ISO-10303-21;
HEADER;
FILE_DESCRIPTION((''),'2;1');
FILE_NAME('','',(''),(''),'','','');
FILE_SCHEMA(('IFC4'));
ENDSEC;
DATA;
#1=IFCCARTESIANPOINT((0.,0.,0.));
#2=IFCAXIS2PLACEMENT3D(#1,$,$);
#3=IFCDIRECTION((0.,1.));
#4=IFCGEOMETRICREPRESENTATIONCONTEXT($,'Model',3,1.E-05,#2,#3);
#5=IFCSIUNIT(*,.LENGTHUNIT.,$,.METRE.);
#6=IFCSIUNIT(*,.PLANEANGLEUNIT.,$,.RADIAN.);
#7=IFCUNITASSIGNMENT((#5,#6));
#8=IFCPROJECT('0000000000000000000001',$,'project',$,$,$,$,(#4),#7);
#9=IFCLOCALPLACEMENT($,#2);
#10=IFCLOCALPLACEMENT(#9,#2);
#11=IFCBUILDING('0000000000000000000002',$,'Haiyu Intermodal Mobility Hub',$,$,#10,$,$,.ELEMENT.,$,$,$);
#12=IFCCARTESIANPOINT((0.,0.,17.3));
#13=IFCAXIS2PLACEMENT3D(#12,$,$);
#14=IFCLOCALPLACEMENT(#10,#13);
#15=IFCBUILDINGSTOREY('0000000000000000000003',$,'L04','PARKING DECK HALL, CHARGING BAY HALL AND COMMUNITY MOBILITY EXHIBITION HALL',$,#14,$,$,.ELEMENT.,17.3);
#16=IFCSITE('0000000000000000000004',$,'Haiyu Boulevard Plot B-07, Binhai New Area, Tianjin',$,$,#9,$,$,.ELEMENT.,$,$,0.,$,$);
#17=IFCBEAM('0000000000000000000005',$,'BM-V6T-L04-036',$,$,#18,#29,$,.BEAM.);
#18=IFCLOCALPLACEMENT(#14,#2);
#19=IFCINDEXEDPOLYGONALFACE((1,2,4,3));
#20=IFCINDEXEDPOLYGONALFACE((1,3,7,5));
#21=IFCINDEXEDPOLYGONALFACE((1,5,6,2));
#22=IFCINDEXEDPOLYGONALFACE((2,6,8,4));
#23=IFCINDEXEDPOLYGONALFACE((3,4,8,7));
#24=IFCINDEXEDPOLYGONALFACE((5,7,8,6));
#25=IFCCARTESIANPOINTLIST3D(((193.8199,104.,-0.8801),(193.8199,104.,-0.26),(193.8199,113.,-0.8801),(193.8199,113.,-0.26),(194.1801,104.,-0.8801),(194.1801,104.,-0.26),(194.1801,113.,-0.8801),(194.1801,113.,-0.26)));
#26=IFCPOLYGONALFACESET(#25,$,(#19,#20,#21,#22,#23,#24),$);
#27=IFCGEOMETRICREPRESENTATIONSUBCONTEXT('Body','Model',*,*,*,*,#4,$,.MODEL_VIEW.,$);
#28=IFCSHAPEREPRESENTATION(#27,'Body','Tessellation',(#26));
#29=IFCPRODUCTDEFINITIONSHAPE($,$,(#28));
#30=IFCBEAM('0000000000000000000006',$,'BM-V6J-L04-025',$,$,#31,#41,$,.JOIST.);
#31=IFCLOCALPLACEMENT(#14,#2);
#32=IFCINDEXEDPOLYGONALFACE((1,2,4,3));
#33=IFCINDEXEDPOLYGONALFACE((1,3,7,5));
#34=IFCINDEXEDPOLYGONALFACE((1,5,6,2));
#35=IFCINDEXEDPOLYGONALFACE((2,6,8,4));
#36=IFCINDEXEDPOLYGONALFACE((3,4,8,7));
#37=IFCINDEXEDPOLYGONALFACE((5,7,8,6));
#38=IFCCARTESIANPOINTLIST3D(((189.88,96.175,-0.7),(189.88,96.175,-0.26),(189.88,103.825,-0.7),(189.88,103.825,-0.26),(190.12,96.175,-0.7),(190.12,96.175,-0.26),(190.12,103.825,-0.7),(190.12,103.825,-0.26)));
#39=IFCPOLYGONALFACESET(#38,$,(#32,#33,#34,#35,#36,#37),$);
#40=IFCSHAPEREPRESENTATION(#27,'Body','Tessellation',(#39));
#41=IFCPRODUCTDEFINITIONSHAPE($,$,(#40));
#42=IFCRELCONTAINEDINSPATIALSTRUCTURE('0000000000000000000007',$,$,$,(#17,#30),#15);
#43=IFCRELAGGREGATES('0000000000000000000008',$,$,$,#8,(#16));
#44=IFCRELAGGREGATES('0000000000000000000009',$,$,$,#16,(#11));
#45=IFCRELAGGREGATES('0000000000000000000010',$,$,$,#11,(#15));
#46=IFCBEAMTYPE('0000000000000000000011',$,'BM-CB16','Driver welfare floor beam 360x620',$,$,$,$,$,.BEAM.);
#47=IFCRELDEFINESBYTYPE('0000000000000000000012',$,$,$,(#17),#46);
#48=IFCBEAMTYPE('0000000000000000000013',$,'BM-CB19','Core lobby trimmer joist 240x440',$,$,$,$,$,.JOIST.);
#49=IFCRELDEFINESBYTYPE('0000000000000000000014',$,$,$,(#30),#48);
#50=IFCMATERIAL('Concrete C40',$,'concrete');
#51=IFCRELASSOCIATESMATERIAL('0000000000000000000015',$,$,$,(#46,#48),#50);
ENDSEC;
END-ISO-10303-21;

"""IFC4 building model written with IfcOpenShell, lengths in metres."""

from ifc_helpers import new_model, si_unit, direction, frame, origin, origin_2d, place, context, subcontext, project, spatial, rectangle, extrude, material, material_profile, profile_set, type_object, element, save


model = new_model("IFC4")

# Units and contexts
model_context = context("Model", 3, precision=1e-05, world=origin(), true_north=direction((0.0, 1.0)))
body_context = subcontext(model_context, "Body", "Model", "MODEL_VIEW")
ifc_project = project(units=[si_unit("LENGTHUNIT", "METRE"), si_unit("PLANEANGLEUNIT", "RADIAN")], contexts=[model_context])

# Site, building, storey
site_placement = place(None, origin())
site = spatial("IfcSite", under=ifc_project, at=site_placement, Name="Haiyu Boulevard Plot B-07, Binhai New Area, Tianjin", CompositionType="ELEMENT", RefElevation=0.0)
building_placement = place(site_placement, origin())
building = spatial("IfcBuilding", under=site, at=building_placement, Name="Haiyu Intermodal Mobility Hub", CompositionType="ELEMENT")
storey_placement = place(building_placement, frame((0.0, 0.0, 17.3)))
storey = spatial("IfcBuildingStorey", under=building, at=storey_placement, Name="L04", Description="PARKING DECK HALL, CHARGING BAY HALL AND COMMUNITY MOBILITY EXHIBITION HALL", CompositionType="ELEMENT", Elevation=17.3)

# Shared definitions
ifc_material_1 = material(Name="Concrete C40", Category="concrete")

# Beams
ifc_material_profile_1 = material_profile(ifc_material_1, rectangle(XDim=0.3601, YDim=0.6201, at=origin_2d()), Name="B360x620")
ifc_profile_set_1 = profile_set([ifc_material_profile_1], Name="Concrete C40")
beam_type_1 = type_object("IfcBeamType", Name="BM-CB16", Description="Driver welfare floor beam 360x620", PredefinedType="BEAM", material=ifc_profile_set_1)
beam_1_placement = place(storey_placement, frame((194.0, 104.0, -0.5701), z_axis=(0.0, 1.0, 0.0), x_axis=(-1.0, 0.0, 0.0)))
element("IfcBeam", 1, at=beam_1_placement, inside=storey, type_object=beam_type_1, Name="BM-V6T-L04-036", PredefinedType="BEAM", context=body_context, shape_type="SweptSolid", body=[
    extrude(rectangle(XDim=0.3601, YDim=0.6201, at=origin_2d()), origin(), (0.0, 0.0, 1.0), 9.0),
])
ifc_material_profile_2 = material_profile(ifc_material_1, rectangle(XDim=0.24, YDim=0.4399, at=origin_2d()), Name="B240x440")
ifc_profile_set_2 = profile_set([ifc_material_profile_2], Name="Concrete C40")
beam_type_2 = type_object("IfcBeamType", Name="BM-CB19", Description="Core lobby trimmer joist 240x440", PredefinedType="JOIST", material=ifc_profile_set_2)
beam_2_placement = place(storey_placement, frame((190.0, 96.175, -0.48), z_axis=(0.0, 1.0, 0.0), x_axis=(-1.0, 0.0, 0.0)))
element("IfcBeam", 2, at=beam_2_placement, inside=storey, type_object=beam_type_2, Name="BM-V6J-L04-025", PredefinedType="JOIST", context=body_context, shape_type="SweptSolid", body=[
    extrude(rectangle(XDim=0.24, YDim=0.4399, at=origin_2d()), origin(), (0.0, 0.0, 1.0), 7.6499),
])

save(model, "model.ifc")
